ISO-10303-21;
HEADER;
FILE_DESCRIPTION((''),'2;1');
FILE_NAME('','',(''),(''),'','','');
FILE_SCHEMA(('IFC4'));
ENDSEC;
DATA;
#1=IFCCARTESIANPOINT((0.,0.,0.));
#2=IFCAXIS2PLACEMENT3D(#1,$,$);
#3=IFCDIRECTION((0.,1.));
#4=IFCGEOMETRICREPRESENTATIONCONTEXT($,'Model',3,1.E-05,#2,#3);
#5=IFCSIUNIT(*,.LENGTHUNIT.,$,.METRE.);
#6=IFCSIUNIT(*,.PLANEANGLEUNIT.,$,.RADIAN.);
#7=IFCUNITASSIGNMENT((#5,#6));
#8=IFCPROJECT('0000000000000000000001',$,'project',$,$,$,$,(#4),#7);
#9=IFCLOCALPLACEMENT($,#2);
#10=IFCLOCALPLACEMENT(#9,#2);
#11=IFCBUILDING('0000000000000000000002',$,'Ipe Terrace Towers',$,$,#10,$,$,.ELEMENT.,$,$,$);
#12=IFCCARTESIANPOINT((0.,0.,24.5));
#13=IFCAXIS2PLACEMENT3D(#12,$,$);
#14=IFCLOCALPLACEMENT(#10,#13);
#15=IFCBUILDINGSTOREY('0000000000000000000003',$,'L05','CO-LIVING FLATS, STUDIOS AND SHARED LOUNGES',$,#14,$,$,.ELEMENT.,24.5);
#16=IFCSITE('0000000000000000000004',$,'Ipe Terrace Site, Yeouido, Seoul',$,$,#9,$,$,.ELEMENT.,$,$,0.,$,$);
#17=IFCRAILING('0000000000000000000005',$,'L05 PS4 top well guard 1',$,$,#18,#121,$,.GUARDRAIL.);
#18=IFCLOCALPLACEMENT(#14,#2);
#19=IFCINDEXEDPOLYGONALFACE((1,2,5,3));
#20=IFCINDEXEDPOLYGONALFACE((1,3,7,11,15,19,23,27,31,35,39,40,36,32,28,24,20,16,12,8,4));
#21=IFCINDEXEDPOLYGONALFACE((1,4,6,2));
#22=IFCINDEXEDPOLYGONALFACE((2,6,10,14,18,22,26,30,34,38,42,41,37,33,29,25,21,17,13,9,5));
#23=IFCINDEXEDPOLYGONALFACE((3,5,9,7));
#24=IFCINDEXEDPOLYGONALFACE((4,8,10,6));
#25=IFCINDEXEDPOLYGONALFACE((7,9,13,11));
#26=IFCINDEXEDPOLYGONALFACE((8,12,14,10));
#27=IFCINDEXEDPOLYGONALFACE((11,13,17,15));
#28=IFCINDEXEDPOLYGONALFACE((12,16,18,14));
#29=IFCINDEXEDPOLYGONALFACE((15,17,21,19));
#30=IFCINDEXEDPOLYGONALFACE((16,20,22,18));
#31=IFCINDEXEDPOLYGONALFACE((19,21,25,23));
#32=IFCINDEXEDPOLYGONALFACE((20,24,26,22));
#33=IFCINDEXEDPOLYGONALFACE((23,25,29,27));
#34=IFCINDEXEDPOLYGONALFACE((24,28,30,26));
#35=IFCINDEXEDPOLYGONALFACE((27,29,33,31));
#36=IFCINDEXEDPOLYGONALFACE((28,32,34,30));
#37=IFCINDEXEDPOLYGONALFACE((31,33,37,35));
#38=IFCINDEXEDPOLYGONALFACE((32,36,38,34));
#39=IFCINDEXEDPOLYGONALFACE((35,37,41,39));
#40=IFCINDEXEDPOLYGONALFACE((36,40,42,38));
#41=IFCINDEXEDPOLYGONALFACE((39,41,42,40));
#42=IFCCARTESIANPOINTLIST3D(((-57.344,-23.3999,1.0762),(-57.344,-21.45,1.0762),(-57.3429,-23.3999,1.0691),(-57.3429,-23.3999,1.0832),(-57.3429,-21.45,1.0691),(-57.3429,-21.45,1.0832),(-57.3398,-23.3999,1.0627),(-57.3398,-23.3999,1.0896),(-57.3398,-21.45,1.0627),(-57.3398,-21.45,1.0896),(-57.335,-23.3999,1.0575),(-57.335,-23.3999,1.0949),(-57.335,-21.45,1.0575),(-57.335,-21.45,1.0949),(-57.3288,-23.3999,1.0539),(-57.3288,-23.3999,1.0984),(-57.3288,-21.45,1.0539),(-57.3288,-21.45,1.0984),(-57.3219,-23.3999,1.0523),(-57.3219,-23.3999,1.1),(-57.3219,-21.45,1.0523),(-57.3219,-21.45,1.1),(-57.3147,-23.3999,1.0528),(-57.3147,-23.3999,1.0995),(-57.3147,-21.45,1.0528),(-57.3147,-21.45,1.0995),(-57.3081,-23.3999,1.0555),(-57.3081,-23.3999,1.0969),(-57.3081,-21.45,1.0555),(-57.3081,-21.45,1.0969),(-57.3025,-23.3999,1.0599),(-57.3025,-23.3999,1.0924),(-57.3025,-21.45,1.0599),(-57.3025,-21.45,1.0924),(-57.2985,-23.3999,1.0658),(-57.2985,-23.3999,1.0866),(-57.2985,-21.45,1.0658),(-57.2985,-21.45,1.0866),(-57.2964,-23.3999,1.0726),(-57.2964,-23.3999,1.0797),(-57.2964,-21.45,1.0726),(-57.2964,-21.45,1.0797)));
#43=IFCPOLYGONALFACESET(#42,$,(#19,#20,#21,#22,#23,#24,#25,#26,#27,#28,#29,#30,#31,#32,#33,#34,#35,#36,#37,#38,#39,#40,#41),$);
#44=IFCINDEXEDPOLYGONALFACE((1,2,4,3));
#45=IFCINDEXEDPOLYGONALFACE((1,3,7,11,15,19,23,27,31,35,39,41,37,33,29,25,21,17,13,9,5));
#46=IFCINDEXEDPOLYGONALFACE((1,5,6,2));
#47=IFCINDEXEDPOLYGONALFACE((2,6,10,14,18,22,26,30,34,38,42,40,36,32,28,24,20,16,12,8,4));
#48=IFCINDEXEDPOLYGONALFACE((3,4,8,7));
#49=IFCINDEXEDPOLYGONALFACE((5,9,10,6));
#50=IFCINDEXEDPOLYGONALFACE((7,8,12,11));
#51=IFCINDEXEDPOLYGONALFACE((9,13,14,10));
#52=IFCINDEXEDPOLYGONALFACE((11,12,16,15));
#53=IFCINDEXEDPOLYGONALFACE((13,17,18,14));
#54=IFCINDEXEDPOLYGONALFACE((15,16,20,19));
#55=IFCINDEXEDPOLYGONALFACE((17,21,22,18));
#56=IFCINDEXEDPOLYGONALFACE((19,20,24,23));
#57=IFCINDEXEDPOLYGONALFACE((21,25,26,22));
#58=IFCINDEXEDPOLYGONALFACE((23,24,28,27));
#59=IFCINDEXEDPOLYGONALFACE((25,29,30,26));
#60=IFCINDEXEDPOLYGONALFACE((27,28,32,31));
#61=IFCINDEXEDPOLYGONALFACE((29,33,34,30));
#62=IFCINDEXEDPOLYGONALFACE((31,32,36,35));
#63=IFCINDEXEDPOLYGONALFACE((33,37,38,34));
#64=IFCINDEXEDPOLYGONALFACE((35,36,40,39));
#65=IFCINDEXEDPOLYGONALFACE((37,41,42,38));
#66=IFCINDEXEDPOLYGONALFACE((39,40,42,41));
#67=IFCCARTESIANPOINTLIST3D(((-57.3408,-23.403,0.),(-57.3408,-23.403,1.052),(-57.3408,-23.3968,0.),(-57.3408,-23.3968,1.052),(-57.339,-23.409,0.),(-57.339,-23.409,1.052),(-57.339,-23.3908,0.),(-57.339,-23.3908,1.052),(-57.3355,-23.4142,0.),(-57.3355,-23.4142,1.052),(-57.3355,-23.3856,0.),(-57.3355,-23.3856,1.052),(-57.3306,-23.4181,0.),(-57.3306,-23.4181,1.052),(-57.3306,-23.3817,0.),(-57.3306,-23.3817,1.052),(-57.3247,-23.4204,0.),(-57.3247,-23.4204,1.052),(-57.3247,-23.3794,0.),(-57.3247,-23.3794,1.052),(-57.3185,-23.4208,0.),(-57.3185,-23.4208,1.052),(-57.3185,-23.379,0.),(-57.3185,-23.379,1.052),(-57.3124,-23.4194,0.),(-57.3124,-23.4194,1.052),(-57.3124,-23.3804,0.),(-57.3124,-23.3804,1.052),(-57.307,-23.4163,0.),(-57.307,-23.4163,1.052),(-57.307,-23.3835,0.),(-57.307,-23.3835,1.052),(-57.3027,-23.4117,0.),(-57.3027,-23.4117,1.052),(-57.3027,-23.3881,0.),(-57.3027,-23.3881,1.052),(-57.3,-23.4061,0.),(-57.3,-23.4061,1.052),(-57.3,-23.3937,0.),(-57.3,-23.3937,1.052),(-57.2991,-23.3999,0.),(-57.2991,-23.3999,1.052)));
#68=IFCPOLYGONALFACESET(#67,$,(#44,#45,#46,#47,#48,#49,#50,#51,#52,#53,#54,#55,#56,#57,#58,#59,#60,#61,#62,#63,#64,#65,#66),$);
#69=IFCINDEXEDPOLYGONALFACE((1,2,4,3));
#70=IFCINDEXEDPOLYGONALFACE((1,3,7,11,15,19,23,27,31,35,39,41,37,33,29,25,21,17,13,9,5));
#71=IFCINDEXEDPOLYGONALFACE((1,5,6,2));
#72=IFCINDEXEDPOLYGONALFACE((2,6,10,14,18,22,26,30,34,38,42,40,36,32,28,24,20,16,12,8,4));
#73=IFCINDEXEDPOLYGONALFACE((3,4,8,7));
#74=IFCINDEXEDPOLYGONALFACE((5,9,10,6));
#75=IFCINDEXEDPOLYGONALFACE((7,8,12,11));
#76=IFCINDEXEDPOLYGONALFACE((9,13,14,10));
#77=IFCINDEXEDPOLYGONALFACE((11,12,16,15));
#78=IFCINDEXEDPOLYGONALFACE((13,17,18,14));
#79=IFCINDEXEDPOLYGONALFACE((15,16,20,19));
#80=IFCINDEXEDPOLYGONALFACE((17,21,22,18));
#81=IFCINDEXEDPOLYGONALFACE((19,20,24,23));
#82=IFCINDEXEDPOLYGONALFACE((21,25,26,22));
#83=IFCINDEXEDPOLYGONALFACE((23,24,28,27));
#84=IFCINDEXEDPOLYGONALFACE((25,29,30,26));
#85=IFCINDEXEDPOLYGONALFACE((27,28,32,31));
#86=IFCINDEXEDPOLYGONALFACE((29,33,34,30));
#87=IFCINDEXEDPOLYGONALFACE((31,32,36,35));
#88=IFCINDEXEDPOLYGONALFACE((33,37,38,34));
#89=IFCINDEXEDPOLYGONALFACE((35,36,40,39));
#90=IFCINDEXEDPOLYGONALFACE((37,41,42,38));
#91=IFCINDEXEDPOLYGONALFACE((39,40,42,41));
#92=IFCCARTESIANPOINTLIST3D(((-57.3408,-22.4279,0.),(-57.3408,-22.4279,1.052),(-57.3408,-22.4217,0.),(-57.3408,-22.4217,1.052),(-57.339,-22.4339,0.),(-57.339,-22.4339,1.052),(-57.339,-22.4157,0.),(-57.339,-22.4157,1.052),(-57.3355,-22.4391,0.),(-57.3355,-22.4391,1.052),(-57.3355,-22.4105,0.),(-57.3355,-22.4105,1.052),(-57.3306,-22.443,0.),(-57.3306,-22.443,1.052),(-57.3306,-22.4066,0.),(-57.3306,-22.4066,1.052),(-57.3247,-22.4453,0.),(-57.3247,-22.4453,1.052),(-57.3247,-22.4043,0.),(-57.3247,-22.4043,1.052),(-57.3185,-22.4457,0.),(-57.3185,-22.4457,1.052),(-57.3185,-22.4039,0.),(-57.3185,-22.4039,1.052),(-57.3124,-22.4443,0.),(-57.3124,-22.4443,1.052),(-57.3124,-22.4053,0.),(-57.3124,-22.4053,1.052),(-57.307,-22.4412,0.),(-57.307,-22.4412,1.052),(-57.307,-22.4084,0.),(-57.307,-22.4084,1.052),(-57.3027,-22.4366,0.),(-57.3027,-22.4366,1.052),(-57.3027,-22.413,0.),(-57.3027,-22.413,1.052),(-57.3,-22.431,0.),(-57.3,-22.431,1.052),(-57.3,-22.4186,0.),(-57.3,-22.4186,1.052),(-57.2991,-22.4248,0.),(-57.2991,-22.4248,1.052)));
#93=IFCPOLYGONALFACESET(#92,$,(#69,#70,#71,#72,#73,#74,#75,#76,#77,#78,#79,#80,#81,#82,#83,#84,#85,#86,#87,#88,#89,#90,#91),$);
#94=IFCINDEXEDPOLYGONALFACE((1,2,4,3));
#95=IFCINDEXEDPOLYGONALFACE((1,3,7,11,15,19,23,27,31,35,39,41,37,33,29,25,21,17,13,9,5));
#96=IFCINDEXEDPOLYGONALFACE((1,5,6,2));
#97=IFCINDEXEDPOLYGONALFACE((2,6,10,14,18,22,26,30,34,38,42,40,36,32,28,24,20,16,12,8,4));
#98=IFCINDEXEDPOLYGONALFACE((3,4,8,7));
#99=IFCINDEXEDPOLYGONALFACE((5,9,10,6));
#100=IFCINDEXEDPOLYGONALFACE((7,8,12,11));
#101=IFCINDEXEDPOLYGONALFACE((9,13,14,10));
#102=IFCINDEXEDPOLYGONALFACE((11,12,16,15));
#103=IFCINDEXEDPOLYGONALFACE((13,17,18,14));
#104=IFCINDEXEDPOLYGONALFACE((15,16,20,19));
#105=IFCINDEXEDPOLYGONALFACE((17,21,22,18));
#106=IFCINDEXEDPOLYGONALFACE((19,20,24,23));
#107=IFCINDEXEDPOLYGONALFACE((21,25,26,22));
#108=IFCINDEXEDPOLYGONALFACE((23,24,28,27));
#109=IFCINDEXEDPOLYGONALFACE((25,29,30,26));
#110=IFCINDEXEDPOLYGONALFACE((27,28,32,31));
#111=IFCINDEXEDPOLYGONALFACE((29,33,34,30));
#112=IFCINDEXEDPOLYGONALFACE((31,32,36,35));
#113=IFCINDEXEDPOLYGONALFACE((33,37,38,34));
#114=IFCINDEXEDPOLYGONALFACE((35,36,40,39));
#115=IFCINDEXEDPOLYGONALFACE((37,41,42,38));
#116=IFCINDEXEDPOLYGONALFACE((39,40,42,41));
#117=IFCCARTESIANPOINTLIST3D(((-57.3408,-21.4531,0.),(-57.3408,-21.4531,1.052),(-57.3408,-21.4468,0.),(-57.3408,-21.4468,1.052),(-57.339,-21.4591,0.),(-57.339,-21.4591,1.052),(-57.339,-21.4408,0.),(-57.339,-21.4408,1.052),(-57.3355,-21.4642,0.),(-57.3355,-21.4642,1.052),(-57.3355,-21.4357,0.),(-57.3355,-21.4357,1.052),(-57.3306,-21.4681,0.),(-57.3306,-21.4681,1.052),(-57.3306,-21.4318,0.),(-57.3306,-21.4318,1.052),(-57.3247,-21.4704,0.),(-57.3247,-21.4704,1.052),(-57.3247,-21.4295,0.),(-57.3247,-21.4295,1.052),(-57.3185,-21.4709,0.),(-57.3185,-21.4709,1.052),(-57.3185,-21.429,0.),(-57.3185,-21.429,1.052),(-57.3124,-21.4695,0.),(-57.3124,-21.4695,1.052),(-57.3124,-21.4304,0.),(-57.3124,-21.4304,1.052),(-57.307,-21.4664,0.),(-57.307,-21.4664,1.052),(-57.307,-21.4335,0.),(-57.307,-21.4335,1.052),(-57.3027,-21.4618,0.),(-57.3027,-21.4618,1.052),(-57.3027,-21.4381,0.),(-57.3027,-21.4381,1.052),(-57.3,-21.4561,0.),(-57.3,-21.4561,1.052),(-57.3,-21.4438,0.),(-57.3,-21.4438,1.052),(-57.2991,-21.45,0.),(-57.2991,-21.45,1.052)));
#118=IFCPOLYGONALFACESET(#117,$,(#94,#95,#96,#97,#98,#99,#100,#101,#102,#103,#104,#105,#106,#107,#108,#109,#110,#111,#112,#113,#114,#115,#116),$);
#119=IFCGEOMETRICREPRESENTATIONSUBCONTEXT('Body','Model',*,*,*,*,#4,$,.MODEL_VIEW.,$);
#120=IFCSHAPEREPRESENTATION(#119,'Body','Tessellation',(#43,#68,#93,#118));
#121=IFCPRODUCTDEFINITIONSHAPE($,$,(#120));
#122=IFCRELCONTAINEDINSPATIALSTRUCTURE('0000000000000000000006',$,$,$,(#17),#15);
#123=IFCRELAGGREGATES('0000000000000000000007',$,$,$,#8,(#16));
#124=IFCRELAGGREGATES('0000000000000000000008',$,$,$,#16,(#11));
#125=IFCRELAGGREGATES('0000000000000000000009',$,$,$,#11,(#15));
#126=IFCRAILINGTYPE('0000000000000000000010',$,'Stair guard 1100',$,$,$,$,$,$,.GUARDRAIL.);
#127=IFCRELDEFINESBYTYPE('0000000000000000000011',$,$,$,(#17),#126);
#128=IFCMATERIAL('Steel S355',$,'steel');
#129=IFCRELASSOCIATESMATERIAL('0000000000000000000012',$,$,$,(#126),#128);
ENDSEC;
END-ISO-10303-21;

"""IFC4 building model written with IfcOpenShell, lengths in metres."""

from ifc_helpers import new_model, si_unit, direction, frame, origin, origin_2d, place, context, subcontext, project, spatial, circle, extrude, material, type_object, element, save


model = new_model("IFC4")

# Units and contexts
model_context = context("Model", 3, precision=1e-05, world=origin(), true_north=direction((0.0, 1.0)))
body_context = subcontext(model_context, "Body", "Model", "MODEL_VIEW")
ifc_project = project(units=[si_unit("LENGTHUNIT", "METRE"), si_unit("PLANEANGLEUNIT", "RADIAN")], contexts=[model_context])

# Site, building, storey
site_placement = place(None, origin())
site = spatial("IfcSite", under=ifc_project, at=site_placement, Name="Ipe Terrace Site, Yeouido, Seoul", CompositionType="ELEMENT", RefElevation=0.0)
building_placement = place(site_placement, origin())
building = spatial("IfcBuilding", under=site, at=building_placement, Name="Ipe Terrace Towers", CompositionType="ELEMENT")
storey_placement = place(building_placement, frame((0.0, 0.0, 24.5)))
storey = spatial("IfcBuildingStorey", under=building, at=storey_placement, Name="L05", Description="CO-LIVING FLATS, STUDIOS AND SHARED LOUNGES", CompositionType="ELEMENT", Elevation=24.5)

# Railing
ifc_material_1 = material(Name="Steel S355", Category="steel")
railing_type_1 = type_object("IfcRailingType", Name="Stair guard 1100", PredefinedType="GUARDRAIL", material=ifc_material_1)
railing_1_placement = place(storey_placement, frame((-57.3201, -23.3999, 0.0)))
element("IfcRailing", 1, at=railing_1_placement, inside=storey, type_object=railing_type_1, Name="L05 PS4 top well guard 1", PredefinedType="GUARDRAIL", context=body_context, shape_type="SweptSolid", body=[
    extrude(circle(Radius=0.0239, at=origin_2d()), frame((0.0, 0.0, 1.0762), z_axis=(0.0, 1.0, 0.0), x_axis=(-1.0, 0.0, 0.0)), (0.0, 0.0, 1.0), 1.95),
    extrude(circle(Radius=0.021, at=origin_2d()), origin(), (0.0, 0.0, 1.0), 1.052),
    extrude(circle(Radius=0.021, at=origin_2d()), frame((0.0, 0.9751, 0.0)), (0.0, 0.0, 1.0), 1.052),
    extrude(circle(Radius=0.021, at=origin_2d()), frame((0.0, 1.95, 0.0)), (0.0, 0.0, 1.0), 1.052),
])

save(model, "model.ifc")
